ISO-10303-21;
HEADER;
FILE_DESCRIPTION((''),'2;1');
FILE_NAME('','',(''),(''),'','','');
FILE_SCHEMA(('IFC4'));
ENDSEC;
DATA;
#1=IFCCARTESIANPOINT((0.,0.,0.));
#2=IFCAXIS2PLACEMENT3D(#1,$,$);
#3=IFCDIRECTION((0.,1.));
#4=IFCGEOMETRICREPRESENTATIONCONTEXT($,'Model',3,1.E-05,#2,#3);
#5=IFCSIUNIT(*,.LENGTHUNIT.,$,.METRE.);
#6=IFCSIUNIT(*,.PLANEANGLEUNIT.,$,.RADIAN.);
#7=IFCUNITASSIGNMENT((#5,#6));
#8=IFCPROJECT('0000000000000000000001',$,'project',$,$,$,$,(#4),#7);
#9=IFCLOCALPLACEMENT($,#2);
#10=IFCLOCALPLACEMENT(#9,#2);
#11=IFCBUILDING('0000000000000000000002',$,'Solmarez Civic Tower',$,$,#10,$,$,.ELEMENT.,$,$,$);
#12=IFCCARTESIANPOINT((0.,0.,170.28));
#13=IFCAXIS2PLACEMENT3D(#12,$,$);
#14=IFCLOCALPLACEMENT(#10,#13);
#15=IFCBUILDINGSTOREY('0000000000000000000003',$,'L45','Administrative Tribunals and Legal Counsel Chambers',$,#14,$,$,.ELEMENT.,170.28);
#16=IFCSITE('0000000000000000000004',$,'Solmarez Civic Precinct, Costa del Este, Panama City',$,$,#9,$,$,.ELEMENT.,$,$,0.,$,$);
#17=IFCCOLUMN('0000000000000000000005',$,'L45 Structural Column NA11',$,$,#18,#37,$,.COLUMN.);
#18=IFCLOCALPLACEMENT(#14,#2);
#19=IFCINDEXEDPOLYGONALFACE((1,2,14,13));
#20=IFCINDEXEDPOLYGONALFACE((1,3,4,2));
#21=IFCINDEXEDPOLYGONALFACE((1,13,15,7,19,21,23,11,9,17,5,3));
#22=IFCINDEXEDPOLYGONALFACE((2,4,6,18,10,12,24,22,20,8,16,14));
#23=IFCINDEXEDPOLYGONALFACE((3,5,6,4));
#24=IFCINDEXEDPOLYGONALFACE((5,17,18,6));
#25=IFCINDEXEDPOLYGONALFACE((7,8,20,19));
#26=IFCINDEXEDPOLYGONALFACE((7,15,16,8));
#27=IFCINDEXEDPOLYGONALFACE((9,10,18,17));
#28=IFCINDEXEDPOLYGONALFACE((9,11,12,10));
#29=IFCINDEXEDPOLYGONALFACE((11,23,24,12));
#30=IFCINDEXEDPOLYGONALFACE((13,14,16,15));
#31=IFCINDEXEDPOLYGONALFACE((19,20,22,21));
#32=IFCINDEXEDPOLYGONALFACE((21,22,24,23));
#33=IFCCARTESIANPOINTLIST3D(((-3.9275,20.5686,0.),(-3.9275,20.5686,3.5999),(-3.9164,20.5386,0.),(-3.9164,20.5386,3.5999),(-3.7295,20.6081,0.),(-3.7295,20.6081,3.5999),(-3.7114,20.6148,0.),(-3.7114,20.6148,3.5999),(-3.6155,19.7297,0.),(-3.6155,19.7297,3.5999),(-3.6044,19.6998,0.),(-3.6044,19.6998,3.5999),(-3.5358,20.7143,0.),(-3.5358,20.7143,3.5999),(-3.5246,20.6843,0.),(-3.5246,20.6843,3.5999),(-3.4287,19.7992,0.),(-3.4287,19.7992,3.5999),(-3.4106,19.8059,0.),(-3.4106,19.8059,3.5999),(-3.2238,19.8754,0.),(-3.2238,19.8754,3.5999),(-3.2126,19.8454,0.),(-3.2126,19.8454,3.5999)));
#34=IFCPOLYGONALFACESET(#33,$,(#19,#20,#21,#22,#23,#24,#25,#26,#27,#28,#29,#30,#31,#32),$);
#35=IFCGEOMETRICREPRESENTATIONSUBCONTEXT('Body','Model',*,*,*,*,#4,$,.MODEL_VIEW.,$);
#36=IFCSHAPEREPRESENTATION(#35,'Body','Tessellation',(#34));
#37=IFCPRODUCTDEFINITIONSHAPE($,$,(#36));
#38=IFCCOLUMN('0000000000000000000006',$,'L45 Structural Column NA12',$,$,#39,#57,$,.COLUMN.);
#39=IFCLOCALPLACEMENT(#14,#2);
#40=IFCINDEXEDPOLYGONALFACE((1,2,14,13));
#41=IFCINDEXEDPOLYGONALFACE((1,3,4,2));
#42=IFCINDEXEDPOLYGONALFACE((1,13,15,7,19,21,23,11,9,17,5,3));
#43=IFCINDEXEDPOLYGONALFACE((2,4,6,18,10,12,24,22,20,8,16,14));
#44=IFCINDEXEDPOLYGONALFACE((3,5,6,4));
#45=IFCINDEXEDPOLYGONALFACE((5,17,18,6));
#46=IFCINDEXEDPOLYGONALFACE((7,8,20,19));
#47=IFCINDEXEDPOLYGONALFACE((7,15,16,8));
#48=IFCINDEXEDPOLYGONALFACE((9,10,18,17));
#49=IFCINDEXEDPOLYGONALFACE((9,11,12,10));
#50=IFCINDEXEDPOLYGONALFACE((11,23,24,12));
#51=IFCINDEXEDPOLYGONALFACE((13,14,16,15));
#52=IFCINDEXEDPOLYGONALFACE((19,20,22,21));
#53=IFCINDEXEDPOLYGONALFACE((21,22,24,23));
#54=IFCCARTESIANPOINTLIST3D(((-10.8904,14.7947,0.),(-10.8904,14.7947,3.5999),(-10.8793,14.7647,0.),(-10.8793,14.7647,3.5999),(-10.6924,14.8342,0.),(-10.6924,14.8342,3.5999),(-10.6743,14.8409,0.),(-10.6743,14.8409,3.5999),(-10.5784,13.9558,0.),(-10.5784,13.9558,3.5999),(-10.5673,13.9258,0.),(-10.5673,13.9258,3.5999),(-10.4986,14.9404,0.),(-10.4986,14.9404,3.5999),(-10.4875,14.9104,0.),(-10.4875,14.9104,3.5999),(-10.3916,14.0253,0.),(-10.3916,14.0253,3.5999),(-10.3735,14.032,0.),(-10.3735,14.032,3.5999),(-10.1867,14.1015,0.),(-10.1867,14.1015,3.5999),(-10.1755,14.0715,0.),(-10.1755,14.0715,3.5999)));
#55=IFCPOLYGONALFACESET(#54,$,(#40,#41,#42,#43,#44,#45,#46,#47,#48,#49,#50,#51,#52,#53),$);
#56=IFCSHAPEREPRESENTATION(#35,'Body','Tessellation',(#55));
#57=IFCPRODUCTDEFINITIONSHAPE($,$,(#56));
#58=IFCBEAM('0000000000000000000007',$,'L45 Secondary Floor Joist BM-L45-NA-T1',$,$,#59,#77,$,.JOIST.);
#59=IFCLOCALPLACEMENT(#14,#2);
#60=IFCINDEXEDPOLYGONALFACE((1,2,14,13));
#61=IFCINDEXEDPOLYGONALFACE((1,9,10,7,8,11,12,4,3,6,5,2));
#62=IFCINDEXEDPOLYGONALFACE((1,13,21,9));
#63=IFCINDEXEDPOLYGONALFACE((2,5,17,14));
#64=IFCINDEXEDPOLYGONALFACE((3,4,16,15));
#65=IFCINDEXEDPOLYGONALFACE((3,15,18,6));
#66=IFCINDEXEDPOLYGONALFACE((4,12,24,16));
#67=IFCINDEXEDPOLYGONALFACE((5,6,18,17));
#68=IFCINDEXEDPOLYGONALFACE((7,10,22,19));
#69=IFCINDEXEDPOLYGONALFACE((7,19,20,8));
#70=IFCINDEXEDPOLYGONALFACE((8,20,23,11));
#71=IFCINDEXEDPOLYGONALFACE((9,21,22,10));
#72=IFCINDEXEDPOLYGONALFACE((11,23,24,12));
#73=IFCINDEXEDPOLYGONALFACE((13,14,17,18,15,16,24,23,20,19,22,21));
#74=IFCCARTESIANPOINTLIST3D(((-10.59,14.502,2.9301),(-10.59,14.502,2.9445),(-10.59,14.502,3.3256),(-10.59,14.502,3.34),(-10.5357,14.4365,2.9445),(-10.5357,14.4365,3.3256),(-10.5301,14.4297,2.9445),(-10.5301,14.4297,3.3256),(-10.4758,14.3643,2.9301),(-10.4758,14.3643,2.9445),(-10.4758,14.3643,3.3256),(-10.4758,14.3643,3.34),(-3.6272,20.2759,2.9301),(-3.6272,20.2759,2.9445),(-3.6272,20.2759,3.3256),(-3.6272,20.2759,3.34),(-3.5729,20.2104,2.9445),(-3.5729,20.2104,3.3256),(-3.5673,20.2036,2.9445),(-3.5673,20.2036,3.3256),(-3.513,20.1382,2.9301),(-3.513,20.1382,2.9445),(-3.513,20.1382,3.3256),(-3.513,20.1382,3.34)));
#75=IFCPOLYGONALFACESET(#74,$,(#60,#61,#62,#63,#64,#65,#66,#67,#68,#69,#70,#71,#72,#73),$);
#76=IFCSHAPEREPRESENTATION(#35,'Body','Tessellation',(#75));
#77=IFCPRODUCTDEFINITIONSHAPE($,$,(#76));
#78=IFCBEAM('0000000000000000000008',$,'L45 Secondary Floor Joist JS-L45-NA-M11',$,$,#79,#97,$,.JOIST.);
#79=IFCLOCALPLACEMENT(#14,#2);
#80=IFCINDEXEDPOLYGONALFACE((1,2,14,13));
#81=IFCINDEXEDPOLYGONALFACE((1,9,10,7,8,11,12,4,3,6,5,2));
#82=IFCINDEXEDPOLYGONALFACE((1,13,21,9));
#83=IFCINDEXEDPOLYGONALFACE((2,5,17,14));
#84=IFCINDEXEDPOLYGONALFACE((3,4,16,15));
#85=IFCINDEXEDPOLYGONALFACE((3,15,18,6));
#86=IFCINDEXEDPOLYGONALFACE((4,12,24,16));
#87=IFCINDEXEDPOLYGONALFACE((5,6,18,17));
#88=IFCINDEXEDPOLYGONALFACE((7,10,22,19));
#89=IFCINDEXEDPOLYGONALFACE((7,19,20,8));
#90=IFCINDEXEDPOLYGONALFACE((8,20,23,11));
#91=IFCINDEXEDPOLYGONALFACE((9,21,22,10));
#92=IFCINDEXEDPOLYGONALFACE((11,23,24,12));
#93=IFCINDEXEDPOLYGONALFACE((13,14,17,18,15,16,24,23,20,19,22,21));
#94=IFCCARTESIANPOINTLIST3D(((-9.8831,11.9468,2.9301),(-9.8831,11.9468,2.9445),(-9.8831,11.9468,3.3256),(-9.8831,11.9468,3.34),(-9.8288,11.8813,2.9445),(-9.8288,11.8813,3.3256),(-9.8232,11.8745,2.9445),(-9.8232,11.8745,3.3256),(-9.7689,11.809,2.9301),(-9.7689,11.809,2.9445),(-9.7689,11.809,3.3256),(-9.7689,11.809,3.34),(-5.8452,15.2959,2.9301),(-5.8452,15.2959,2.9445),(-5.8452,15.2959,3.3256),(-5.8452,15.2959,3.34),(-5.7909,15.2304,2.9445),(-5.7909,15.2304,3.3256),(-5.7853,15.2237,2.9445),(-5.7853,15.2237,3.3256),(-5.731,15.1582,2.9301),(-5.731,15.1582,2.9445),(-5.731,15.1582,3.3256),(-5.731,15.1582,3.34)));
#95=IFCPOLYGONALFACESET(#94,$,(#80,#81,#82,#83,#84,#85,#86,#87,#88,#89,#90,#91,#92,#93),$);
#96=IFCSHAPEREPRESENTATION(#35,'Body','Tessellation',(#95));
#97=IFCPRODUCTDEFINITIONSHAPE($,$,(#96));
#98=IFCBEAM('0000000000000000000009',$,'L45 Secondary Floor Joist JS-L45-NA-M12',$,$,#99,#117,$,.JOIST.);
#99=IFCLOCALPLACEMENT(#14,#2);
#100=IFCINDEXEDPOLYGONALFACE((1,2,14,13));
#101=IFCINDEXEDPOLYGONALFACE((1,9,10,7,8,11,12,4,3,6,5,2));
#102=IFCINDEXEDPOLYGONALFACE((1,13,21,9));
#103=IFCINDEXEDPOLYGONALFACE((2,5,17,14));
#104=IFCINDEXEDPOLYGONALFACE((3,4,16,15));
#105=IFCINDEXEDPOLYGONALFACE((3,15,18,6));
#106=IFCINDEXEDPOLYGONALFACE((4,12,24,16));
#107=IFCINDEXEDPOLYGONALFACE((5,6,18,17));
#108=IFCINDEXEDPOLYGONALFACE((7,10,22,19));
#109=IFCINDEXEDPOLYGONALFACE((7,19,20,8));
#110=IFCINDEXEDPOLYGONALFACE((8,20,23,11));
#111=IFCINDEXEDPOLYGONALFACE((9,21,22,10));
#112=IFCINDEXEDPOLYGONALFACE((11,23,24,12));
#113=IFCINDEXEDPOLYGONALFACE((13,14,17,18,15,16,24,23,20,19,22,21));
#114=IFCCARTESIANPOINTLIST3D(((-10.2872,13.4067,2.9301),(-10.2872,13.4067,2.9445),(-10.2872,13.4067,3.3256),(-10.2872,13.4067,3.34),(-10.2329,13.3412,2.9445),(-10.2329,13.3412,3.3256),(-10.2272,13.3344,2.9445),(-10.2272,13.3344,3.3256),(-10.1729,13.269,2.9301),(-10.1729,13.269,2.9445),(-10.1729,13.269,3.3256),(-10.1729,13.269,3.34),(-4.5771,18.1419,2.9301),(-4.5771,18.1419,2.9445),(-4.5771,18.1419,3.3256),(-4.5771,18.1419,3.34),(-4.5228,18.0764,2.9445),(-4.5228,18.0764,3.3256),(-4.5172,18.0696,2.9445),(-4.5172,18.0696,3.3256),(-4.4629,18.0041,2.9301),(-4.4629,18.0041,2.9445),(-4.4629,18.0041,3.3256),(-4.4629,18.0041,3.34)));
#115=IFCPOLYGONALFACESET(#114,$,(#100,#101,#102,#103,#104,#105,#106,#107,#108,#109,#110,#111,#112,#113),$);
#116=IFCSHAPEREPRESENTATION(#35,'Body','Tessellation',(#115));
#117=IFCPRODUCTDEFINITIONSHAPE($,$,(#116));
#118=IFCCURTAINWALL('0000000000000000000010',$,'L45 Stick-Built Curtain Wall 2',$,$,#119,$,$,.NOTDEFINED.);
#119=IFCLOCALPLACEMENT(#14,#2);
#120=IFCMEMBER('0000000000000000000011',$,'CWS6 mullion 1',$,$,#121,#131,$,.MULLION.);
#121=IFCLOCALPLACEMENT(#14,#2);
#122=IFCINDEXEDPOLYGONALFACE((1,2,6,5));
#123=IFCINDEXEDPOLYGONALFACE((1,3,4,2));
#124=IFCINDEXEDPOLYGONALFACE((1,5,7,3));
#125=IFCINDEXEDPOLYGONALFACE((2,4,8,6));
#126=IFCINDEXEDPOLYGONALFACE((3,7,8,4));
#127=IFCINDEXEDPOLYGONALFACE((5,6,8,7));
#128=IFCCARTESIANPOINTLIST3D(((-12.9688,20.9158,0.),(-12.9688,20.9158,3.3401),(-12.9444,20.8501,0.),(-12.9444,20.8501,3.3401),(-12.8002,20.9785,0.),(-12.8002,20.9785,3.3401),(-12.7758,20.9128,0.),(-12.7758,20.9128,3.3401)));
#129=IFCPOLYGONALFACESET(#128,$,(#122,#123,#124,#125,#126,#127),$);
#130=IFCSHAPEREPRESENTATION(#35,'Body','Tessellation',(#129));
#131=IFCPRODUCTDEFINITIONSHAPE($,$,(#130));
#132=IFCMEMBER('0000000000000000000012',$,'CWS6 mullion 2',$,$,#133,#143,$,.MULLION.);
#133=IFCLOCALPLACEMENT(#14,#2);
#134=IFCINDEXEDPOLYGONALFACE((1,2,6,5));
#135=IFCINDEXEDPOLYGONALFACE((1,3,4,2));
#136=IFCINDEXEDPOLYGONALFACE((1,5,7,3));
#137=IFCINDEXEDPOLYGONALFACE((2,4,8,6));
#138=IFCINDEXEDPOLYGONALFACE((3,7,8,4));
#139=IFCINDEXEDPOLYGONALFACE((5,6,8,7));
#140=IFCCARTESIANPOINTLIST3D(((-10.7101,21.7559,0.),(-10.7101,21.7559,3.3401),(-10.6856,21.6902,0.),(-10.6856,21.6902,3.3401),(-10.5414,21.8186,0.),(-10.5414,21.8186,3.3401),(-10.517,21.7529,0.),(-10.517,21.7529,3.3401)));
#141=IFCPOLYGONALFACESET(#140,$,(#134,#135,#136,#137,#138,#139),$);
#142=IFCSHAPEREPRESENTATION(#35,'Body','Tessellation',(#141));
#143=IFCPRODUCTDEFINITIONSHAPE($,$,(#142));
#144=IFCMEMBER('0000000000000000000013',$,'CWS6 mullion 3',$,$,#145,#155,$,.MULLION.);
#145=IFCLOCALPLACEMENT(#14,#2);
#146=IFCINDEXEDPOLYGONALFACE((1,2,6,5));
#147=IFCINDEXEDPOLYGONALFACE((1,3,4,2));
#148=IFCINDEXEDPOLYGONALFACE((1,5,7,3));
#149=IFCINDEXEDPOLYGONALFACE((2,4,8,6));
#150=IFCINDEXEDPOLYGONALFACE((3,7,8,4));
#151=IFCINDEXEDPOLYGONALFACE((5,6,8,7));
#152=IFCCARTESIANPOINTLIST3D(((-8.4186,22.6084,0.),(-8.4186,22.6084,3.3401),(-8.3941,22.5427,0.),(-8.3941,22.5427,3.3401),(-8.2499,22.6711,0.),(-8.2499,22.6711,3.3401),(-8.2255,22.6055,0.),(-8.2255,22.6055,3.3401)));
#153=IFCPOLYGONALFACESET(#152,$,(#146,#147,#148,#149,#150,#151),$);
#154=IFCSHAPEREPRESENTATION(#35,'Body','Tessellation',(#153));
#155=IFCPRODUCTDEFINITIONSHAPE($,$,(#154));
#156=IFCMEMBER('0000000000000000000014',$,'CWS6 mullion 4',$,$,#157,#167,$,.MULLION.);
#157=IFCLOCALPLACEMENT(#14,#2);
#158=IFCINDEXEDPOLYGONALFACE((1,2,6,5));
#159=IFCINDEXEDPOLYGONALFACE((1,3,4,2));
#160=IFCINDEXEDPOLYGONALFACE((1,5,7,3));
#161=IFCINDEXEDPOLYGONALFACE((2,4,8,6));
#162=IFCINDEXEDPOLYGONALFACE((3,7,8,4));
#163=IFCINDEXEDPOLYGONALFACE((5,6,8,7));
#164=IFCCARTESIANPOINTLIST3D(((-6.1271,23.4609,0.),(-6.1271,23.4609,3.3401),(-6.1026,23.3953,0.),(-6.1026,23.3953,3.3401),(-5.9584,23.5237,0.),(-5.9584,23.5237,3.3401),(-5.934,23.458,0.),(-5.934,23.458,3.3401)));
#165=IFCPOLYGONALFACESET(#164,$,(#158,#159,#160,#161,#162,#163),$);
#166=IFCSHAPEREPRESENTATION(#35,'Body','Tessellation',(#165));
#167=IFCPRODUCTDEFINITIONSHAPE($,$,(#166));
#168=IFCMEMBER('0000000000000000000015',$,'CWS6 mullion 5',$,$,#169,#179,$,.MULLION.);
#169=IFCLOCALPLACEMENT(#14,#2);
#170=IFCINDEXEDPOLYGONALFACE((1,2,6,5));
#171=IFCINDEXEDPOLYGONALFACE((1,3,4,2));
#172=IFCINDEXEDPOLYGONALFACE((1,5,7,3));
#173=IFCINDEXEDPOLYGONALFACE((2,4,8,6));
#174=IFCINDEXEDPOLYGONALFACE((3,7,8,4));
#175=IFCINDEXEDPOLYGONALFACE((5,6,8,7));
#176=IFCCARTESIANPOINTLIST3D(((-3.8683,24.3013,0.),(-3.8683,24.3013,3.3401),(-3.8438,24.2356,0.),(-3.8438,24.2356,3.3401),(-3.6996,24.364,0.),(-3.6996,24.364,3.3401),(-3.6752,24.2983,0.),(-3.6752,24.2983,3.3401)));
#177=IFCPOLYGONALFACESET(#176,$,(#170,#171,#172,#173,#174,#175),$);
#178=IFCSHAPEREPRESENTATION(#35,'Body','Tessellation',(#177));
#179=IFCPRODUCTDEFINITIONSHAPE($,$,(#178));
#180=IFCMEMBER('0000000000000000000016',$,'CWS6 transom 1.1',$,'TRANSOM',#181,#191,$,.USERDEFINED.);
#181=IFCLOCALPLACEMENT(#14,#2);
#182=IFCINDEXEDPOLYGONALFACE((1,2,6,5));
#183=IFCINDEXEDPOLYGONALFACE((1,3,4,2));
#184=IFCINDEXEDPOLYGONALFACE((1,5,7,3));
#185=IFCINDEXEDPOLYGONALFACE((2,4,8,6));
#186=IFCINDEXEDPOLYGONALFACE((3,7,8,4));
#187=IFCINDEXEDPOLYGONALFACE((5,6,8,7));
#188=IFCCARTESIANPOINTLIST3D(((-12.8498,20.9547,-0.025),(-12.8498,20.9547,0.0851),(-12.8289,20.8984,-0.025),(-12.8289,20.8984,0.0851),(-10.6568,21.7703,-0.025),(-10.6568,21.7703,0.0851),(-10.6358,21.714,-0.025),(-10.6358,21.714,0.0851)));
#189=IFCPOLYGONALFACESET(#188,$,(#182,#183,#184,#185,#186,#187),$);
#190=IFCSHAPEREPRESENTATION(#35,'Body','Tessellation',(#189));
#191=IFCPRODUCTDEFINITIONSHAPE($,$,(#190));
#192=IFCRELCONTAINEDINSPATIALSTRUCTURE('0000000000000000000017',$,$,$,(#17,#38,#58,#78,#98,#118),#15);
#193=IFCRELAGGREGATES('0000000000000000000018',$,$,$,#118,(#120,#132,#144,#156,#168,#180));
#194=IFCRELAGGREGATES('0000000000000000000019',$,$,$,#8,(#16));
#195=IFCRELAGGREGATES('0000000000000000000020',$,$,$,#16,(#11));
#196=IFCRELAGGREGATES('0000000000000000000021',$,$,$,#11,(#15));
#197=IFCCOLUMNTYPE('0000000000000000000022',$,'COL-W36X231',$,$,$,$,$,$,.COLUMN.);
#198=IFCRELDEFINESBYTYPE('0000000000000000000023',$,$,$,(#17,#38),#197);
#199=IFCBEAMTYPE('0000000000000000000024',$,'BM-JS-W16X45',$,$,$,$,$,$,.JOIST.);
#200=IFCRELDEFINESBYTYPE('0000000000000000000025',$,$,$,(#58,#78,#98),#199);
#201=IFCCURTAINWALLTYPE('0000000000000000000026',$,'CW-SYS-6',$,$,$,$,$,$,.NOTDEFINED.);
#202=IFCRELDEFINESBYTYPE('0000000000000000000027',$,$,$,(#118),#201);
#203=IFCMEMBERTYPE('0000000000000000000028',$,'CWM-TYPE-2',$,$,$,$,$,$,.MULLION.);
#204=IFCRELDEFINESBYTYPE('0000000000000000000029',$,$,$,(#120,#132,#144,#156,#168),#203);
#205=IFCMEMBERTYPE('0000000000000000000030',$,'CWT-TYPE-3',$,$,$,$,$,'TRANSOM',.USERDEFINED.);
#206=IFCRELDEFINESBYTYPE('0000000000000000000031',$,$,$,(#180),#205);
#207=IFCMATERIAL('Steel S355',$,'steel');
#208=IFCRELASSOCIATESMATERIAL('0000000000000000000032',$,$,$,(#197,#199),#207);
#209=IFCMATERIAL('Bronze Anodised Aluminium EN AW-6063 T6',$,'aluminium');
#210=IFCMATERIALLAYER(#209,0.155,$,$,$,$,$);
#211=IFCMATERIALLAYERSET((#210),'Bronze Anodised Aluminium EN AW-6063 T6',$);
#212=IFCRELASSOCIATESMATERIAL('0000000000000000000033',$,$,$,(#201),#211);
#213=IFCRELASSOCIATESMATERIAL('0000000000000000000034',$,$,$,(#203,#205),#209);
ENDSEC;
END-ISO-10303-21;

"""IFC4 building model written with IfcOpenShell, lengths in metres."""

from ifc_helpers import new_model, si_unit, direction, frame, origin, origin_2d, place, context, subcontext, project, spatial, rectangle, i_section, extrude, material, layer, layer_set, material_profile, profile_set, type_object, element, aggregate, save


model = new_model("IFC4")

# Units and contexts
model_context = context("Model", 3, precision=1e-05, world=origin(), true_north=direction((0.0, 1.0)))
body_context = subcontext(model_context, "Body", "Model", "MODEL_VIEW")
ifc_project = project(units=[si_unit("LENGTHUNIT", "METRE"), si_unit("PLANEANGLEUNIT", "RADIAN")], contexts=[model_context])

# Site, building, storey
site_placement = place(None, origin())
site = spatial("IfcSite", under=ifc_project, at=site_placement, Name="Solmarez Civic Precinct, Costa del Este, Panama City", CompositionType="ELEMENT", RefElevation=0.0)
building_placement = place(site_placement, origin())
building = spatial("IfcBuilding", under=site, at=building_placement, Name="Solmarez Civic Tower", CompositionType="ELEMENT")
storey_placement = place(building_placement, frame((0.0, 0.0, 170.28)))
storey = spatial("IfcBuildingStorey", under=building, at=storey_placement, Name="L45", Description="Administrative Tribunals and Legal Counsel Chambers", CompositionType="ELEMENT", Elevation=170.28)

# Columns
ifc_material_1 = material(Name="Steel S355", Category="steel")
ifc_material_profile_1 = material_profile(ifc_material_1, i_section(OverallWidth=0.418, OverallDepth=0.927, WebThickness=0.0193, FlangeThickness=0.032, at=origin_2d()), Name="W36X231")
ifc_profile_set_1 = profile_set([ifc_material_profile_1], Name="Steel S355")
column_type = type_object("IfcColumnType", Name="COL-W36X231", PredefinedType="COLUMN", material=ifc_profile_set_1)
for number, where, z_axis, x_axis, name in (
    (1, (-3.5701, 20.207, 0.0), (0.0, 0.0, 1.0), (0.937282, 0.348572, 0.0), "L45 Structural Column NA11"),
    (2, (-10.533, 14.4331, 0.0), (0.0, 0.0, 1.0), (0.937282, 0.348572, 0.0), "L45 Structural Column NA12"),
):
    element("IfcColumn", number, at=place(storey_placement, frame(where, z_axis=z_axis, x_axis=x_axis)), inside=storey, type_object=column_type, Name=name, PredefinedType="COLUMN", context=body_context, shape_type="SweptSolid", body=[
        extrude(i_section(OverallWidth=0.418, OverallDepth=0.927, WebThickness=0.0193, FlangeThickness=0.032, at=origin_2d()), origin(), (0.0, 0.0, 1.0), 3.5999),
    ])

# Beams
ifc_material_profile_2 = material_profile(ifc_material_1, i_section(OverallWidth=0.179, OverallDepth=0.4099, WebThickness=0.0088, FlangeThickness=0.0144, at=origin_2d()), Name="W16X45")
ifc_profile_set_2 = profile_set([ifc_material_profile_2], Name="Steel S355")
beam_type = type_object("IfcBeamType", Name="BM-JS-W16X45", PredefinedType="JOIST", material=ifc_profile_set_2)
beam_1_placement = place(storey_placement, frame((-3.5701, 20.207, 3.135), z_axis=(-0.769768, -0.638324, 0.0), x_axis=(0.638324, -0.769768, 0.0)))
element("IfcBeam", 3, at=beam_1_placement, inside=storey, type_object=beam_type, Name="L45 Secondary Floor Joist BM-L45-NA-T1", PredefinedType="JOIST", context=body_context, shape_type="SweptSolid", body=[
    extrude(i_section(OverallWidth=0.179, OverallDepth=0.4099, WebThickness=0.0088, FlangeThickness=0.0144, at=origin_2d()), origin(), (0.0, 0.0, 1.0), 9.0454),
])
beam_2_placement = place(storey_placement, frame((-5.7881, 15.2271, 3.135), z_axis=(-0.769695, -0.638411, 0.0), x_axis=(0.638411, -0.769695, 0.0)))
element("IfcBeam", 4, at=beam_2_placement, inside=storey, type_object=beam_type, Name="L45 Secondary Floor Joist JS-L45-NA-M11", PredefinedType="JOIST", context=body_context, shape_type="SweptSolid", body=[
    extrude(i_section(OverallWidth=0.179, OverallDepth=0.4099, WebThickness=0.0088, FlangeThickness=0.0144, at=origin_2d()), origin(), (0.0, 0.0, 1.0), 5.2461),
])
beam_3_placement = place(storey_placement, frame((-4.52, 18.073, 3.135), z_axis=(-0.769757, -0.638337, 0.0), x_axis=(0.638337, -0.769757, 0.0)))
element("IfcBeam", 5, at=beam_3_placement, inside=storey, type_object=beam_type, Name="L45 Secondary Floor Joist JS-L45-NA-M12", PredefinedType="JOIST", context=body_context, shape_type="SweptSolid", body=[
    extrude(i_section(OverallWidth=0.179, OverallDepth=0.4099, WebThickness=0.0088, FlangeThickness=0.0144, at=origin_2d()), origin(), (0.0, 0.0, 1.0), 7.418),
])

# Curtain wall, members
ifc_material_2 = material(Name="Bronze Anodised Aluminium EN AW-6063 T6", Category="aluminium")
ifc_layer_1 = layer(ifc_material_2, 0.155)
ifc_layer_set_1 = layer_set([ifc_layer_1], Name="Bronze Anodised Aluminium EN AW-6063 T6")
curtain_wall_type = type_object("IfcCurtainWallType", Name="CW-SYS-6", PredefinedType="NOTDEFINED", material=ifc_layer_set_1)
curtain_wall_placement = place(storey_placement, origin())
curtain_wall = element("IfcCurtainWall", 6, at=curtain_wall_placement, inside=storey, type_object=curtain_wall_type, Name="L45 Stick-Built Curtain Wall 2", PredefinedType="NOTDEFINED")
ifc_material_profile_3 = material_profile(ifc_material_2, rectangle(XDim=0.0701, YDim=0.1799, at=origin_2d()), Name="CWM-70X180")
ifc_profile_set_3 = profile_set([ifc_material_profile_3], Name="Bronze Anodised Aluminium EN AW-6063 T6")
member_type_1 = type_object("IfcMemberType", Name="CWM-TYPE-2", PredefinedType="MULLION", material=ifc_profile_set_3)
member_1_placement = place(storey_placement, frame((-12.8723, 20.9143, 0.0), z_axis=(0.0, 0.0, 1.0), x_axis=(-0.348679, 0.937242, 0.0)))
member_1 = element("IfcMember", 7, at=member_1_placement, type_object=member_type_1, Name="CWS6 mullion 1", PredefinedType="MULLION", context=body_context, shape_type="SweptSolid", body=[
    extrude(rectangle(XDim=0.0701, YDim=0.1799, at=origin_2d()), origin(), (0.0, 0.0, 1.0), 3.3401),
])
member_2_placement = place(storey_placement, frame((-10.6135, 21.7544, 0.0), z_axis=(0.0, 0.0, 1.0), x_axis=(-0.348679, 0.937242, 0.0)))
member_2 = element("IfcMember", 8, at=member_2_placement, type_object=member_type_1, Name="CWS6 mullion 2", PredefinedType="MULLION", context=body_context, shape_type="SweptSolid", body=[
    extrude(rectangle(XDim=0.0701, YDim=0.1799, at=origin_2d()), origin(), (0.0, 0.0, 1.0), 3.3401),
])
member_3_placement = place(storey_placement, frame((-8.322, 22.6069, 0.0), z_axis=(0.0, 0.0, 1.0), x_axis=(-0.348679, 0.937242, 0.0)))
member_3 = element("IfcMember", 9, at=member_3_placement, type_object=member_type_1, Name="CWS6 mullion 3", PredefinedType="MULLION", context=body_context, shape_type="SweptSolid", body=[
    extrude(rectangle(XDim=0.0701, YDim=0.1799, at=origin_2d()), origin(), (0.0, 0.0, 1.0), 3.3401),
])
member_4_placement = place(storey_placement, frame((-6.0305, 23.4595, 0.0), z_axis=(0.0, 0.0, 1.0), x_axis=(-0.348679, 0.937242, 0.0)))
member_4 = element("IfcMember", 10, at=member_4_placement, type_object=member_type_1, Name="CWS6 mullion 4", PredefinedType="MULLION", context=body_context, shape_type="SweptSolid", body=[
    extrude(rectangle(XDim=0.0701, YDim=0.1799, at=origin_2d()), origin(), (0.0, 0.0, 1.0), 3.3401),
])
member_5_placement = place(storey_placement, frame((-3.7717, 24.2998, 0.0), z_axis=(0.0, 0.0, 1.0), x_axis=(-0.348679, 0.937242, 0.0)))
member_5 = element("IfcMember", 11, at=member_5_placement, type_object=member_type_1, Name="CWS6 mullion 5", PredefinedType="MULLION", context=body_context, shape_type="SweptSolid", body=[
    extrude(rectangle(XDim=0.0701, YDim=0.1799, at=origin_2d()), origin(), (0.0, 0.0, 1.0), 3.3401),
])
ifc_material_profile_4 = material_profile(ifc_material_2, rectangle(XDim=0.0601, YDim=0.1101, at=origin_2d()), Name="CWT-60X110")
ifc_profile_set_4 = profile_set([ifc_material_profile_4], Name="Bronze Anodised Aluminium EN AW-6063 T6")
member_type_2 = type_object("IfcMemberType", Name="CWT-TYPE-3", ElementType="TRANSOM", PredefinedType="USERDEFINED", material=ifc_profile_set_4)
member_6_placement = place(storey_placement, frame((-12.8394, 20.9265, 0.03), z_axis=(0.937273, 0.348595, 0.0), x_axis=(-0.348595, 0.937273, 0.0)))
member_6 = element("IfcMember", 12, at=member_6_placement, type_object=member_type_2, Name="CWS6 transom 1.1", ObjectType="TRANSOM", PredefinedType="USERDEFINED", context=body_context, shape_type="SweptSolid", body=[
    extrude(rectangle(XDim=0.0601, YDim=0.1101, at=origin_2d()), origin(), (0.0, 0.0, 1.0), 2.3398),
])
aggregate(curtain_wall, [member_1, member_2, member_3, member_4, member_5, member_6])

save(model, "model.ifc")
